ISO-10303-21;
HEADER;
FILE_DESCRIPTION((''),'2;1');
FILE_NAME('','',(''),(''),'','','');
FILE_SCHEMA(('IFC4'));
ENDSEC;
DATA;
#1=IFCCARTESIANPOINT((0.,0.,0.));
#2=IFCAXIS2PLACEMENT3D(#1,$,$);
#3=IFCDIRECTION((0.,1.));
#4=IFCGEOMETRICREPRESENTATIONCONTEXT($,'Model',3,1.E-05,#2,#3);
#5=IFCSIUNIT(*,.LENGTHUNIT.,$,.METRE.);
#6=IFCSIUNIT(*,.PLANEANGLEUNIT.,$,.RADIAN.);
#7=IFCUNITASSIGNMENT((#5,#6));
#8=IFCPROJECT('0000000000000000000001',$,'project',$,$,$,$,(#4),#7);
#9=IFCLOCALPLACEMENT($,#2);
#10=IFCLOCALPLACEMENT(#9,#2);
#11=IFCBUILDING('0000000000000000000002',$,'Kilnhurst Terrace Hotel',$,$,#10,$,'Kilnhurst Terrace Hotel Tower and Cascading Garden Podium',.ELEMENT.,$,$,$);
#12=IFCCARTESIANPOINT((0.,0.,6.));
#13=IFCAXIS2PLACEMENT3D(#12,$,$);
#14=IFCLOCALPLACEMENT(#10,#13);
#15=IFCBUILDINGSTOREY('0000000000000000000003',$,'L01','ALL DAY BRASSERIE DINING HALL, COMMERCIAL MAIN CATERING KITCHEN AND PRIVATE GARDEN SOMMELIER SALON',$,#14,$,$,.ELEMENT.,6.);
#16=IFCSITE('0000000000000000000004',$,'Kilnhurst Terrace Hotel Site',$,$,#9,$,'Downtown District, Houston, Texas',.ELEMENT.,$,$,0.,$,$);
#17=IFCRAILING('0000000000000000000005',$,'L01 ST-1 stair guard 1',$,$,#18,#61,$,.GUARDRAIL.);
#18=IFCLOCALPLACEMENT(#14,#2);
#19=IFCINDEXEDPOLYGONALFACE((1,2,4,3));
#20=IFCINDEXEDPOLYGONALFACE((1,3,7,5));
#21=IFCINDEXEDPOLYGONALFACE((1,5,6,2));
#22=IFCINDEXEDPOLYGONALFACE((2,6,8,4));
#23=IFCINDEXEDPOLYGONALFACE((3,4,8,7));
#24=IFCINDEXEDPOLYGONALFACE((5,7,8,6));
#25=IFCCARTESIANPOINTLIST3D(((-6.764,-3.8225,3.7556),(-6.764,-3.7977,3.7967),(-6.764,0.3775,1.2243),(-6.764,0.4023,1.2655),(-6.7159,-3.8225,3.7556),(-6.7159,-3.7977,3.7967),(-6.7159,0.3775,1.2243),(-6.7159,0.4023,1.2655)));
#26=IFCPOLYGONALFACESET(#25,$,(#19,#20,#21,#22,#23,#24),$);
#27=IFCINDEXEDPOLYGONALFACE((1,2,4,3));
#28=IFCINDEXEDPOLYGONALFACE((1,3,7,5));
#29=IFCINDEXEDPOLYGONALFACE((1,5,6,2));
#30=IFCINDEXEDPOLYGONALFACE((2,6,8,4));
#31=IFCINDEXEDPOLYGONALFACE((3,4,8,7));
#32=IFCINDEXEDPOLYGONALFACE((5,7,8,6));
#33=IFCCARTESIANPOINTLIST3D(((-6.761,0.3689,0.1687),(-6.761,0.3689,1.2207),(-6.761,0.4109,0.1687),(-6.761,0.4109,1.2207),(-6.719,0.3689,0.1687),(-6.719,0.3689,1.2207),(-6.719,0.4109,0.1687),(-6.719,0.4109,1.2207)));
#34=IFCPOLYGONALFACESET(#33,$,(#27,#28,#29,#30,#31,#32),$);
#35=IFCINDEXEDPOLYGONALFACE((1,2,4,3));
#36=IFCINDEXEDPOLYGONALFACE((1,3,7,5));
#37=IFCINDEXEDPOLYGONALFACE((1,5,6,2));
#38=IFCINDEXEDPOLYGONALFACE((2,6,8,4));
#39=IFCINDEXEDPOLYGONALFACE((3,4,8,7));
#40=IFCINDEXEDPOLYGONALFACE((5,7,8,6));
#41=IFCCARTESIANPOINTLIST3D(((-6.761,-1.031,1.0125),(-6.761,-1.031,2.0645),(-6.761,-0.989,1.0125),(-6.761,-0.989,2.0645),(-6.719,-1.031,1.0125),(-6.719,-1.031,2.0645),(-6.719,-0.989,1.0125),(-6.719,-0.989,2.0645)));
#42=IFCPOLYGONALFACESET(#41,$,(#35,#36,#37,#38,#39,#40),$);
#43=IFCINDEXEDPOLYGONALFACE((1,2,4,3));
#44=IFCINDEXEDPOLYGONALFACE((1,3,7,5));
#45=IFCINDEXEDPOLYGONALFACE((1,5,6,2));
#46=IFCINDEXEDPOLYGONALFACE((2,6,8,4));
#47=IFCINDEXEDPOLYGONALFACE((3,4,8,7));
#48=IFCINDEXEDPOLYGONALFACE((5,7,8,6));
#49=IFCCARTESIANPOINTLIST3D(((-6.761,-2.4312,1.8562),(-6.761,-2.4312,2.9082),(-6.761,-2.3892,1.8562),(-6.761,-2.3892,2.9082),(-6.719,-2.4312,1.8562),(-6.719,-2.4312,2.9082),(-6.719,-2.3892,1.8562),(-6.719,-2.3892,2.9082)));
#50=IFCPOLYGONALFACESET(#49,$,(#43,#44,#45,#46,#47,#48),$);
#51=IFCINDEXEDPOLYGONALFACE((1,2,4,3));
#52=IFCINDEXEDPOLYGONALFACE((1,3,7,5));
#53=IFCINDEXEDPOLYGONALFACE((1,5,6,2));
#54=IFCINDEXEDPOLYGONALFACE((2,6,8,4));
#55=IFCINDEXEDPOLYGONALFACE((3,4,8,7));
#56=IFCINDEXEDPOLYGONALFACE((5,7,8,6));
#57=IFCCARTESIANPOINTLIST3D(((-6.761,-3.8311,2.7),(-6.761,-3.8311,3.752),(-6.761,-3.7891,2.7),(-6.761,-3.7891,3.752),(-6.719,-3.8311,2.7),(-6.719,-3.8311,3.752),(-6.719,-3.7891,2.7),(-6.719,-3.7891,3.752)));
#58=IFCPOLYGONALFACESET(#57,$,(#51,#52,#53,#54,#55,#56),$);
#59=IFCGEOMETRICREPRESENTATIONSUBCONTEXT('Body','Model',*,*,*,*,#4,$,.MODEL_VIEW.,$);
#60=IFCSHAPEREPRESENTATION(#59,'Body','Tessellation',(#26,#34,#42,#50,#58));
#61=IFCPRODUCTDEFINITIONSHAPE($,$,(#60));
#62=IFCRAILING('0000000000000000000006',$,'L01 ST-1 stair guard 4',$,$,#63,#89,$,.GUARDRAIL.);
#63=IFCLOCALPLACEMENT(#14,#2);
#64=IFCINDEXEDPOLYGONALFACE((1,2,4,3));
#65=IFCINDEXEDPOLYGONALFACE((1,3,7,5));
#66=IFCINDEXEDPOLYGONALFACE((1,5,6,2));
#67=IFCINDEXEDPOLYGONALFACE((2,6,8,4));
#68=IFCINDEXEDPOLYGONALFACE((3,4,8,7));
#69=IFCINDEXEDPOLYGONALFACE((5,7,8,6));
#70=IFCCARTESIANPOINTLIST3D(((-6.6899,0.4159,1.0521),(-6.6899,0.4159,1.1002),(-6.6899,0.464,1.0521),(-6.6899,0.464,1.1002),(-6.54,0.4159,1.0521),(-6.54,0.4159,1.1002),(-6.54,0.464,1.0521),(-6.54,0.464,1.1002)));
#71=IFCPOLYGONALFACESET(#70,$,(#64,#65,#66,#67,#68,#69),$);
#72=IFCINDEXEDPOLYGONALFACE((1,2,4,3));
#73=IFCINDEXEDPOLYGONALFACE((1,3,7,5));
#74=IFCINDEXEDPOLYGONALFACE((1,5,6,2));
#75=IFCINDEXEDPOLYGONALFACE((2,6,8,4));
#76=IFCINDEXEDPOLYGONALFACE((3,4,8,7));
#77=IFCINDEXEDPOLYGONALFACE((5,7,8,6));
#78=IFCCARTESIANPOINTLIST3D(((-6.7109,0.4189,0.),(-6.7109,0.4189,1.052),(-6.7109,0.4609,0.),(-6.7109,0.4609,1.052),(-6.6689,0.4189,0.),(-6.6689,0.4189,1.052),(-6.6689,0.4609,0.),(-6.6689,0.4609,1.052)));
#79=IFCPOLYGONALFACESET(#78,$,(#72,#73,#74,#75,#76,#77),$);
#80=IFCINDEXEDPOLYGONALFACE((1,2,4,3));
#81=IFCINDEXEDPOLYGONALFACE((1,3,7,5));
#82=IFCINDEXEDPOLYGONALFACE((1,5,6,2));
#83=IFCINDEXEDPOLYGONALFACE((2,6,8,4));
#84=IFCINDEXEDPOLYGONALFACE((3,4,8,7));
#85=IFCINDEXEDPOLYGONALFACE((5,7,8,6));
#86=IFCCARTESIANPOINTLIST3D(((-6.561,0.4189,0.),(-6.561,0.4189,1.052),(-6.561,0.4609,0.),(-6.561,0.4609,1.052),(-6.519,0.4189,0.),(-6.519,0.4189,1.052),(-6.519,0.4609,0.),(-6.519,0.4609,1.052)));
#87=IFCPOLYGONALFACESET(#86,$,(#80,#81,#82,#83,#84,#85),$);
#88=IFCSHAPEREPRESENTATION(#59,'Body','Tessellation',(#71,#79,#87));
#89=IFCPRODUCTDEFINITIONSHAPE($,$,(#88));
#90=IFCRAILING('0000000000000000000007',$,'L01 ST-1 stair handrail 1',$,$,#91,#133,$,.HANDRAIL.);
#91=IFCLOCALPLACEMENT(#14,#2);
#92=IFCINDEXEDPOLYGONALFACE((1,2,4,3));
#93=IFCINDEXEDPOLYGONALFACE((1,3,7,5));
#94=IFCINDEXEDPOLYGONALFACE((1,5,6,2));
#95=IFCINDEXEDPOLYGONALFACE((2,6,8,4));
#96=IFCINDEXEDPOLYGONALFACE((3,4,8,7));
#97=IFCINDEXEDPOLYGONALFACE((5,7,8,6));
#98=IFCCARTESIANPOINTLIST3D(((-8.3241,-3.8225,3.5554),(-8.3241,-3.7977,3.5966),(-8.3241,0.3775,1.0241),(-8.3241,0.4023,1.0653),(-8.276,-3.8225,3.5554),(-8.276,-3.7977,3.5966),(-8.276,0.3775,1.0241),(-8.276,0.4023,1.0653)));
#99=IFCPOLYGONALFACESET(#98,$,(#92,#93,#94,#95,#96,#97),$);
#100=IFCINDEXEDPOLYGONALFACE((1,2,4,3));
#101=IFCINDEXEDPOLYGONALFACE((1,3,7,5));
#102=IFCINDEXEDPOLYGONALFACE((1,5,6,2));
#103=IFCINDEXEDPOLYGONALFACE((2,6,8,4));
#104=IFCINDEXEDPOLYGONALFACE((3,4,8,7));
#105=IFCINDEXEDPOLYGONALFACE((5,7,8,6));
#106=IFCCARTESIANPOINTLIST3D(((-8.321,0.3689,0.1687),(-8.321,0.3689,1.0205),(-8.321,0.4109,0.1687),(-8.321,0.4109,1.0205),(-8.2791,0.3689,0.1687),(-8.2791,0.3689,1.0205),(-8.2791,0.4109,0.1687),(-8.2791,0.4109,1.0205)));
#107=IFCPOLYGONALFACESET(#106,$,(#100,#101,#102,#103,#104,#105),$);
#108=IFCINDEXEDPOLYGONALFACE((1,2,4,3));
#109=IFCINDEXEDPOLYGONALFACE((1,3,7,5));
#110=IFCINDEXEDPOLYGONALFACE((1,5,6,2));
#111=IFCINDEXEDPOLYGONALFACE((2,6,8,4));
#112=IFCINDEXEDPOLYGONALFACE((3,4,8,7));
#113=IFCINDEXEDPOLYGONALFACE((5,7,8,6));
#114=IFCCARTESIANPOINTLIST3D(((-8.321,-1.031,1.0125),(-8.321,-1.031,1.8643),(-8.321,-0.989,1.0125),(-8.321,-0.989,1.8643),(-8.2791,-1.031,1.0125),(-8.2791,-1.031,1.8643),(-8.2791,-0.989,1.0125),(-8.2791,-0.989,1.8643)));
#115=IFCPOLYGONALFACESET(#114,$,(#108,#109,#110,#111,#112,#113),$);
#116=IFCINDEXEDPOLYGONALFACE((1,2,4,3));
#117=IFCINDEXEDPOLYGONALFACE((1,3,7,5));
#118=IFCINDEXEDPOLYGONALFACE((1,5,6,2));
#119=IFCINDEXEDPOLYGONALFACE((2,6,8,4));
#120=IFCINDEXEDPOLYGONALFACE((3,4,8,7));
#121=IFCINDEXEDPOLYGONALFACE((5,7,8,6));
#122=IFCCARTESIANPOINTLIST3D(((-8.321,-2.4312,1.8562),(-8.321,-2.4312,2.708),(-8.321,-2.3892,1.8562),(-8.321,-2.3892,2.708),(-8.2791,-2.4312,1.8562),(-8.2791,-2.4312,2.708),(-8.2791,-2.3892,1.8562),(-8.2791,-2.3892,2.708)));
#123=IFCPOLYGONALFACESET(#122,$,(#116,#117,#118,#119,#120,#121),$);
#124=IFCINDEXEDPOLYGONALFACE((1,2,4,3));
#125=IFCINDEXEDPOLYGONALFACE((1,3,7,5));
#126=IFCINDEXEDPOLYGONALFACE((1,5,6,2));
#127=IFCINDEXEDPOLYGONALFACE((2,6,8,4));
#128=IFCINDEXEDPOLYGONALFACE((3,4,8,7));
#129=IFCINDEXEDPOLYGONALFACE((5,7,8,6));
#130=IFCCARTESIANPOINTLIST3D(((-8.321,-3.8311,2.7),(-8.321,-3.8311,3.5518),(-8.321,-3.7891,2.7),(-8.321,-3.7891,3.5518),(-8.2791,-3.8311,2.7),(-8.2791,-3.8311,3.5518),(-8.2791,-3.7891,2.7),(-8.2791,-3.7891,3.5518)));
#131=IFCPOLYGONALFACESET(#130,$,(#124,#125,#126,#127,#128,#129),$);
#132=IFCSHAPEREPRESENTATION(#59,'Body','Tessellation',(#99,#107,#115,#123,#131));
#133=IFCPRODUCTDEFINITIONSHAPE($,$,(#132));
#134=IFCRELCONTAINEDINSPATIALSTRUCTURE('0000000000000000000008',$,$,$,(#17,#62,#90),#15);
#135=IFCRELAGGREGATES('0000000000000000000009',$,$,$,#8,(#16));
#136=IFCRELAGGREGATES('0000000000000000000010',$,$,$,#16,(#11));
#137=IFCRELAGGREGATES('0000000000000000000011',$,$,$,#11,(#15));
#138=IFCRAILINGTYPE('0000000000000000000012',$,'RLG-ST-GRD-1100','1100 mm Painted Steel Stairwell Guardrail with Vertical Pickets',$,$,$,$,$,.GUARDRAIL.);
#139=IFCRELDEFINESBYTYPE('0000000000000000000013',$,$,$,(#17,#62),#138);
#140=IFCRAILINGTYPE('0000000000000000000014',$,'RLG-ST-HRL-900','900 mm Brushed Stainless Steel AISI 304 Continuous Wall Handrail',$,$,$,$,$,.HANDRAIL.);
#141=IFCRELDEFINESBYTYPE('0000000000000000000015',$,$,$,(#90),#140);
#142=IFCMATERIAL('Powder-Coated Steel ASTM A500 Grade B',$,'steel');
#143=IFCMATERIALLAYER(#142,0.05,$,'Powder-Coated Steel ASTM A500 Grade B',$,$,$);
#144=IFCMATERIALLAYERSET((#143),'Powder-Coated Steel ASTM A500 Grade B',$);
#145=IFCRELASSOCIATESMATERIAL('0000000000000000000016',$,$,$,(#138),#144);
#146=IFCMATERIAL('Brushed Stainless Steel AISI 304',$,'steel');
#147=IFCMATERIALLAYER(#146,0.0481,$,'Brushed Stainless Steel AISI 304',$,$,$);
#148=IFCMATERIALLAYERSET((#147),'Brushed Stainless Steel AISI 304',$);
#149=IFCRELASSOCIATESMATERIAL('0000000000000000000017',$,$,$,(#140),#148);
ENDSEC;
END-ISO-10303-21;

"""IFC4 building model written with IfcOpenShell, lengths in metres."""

from ifc_helpers import new_model, si_unit, direction, frame, origin, origin_2d, place, context, subcontext, project, spatial, rectangle, extrude, material, layer, layer_set, type_object, element, save


model = new_model("IFC4")

# Units and contexts
model_context = context("Model", 3, precision=1e-05, world=origin(), true_north=direction((0.0, 1.0)))
body_context = subcontext(model_context, "Body", "Model", "MODEL_VIEW")
ifc_project = project(units=[si_unit("LENGTHUNIT", "METRE"), si_unit("PLANEANGLEUNIT", "RADIAN")], contexts=[model_context])

# Site, building, storey
site_placement = place(None, origin())
site = spatial("IfcSite", under=ifc_project, at=site_placement, Name="Kilnhurst Terrace Hotel Site", LongName="Downtown District, Houston, Texas", CompositionType="ELEMENT", RefElevation=0.0)
building_placement = place(site_placement, origin())
building = spatial("IfcBuilding", under=site, at=building_placement, Name="Kilnhurst Terrace Hotel", LongName="Kilnhurst Terrace Hotel Tower and Cascading Garden Podium", CompositionType="ELEMENT")
storey_placement = place(building_placement, frame((0.0, 0.0, 6.0)))
storey = spatial("IfcBuildingStorey", under=building, at=storey_placement, Name="L01", Description="ALL DAY BRASSERIE DINING HALL, COMMERCIAL MAIN CATERING KITCHEN AND PRIVATE GARDEN SOMMELIER SALON", CompositionType="ELEMENT", Elevation=6.0)

# Railings
ifc_material_1 = material(Name="Powder-Coated Steel ASTM A500 Grade B", Category="steel")
ifc_layer_1 = layer(ifc_material_1, 0.05, Name="Powder-Coated Steel ASTM A500 Grade B")
ifc_layer_set_1 = layer_set([ifc_layer_1], Name="Powder-Coated Steel ASTM A500 Grade B")
railing_type_1 = type_object("IfcRailingType", Name="RLG-ST-GRD-1100", Description="1100 mm Painted Steel Stairwell Guardrail with Vertical Pickets", PredefinedType="GUARDRAIL", material=ifc_layer_set_1)
railing_1_placement = place(storey_placement, frame((-6.74, 0.3899, 0.1687)))
element("IfcRailing", 1, at=railing_1_placement, inside=storey, type_object=railing_type_1, Name="L01 ST-1 stair guard 1", PredefinedType="GUARDRAIL", context=body_context, shape_type="SweptSolid", body=[
    extrude(rectangle(XDim=0.0481, YDim=0.0481, at=origin_2d()), frame((0.0, 0.0, 1.0762), z_axis=(0.0, -0.856476, 0.516186), x_axis=(1.0, 0.0, 0.0)), (0.0, 0.0, 1.0), 4.9038),
    extrude(rectangle(XDim=0.042, YDim=0.042, at=origin_2d()), origin(), (0.0, 0.0, 1.0), 1.052),
    extrude(rectangle(XDim=0.042, YDim=0.042, at=origin_2d()), frame((0.0, -1.3999, 0.8438)), (0.0, 0.0, 1.0), 1.052),
    extrude(rectangle(XDim=0.042, YDim=0.042, at=origin_2d()), frame((0.0, -2.8, 1.6875)), (0.0, 0.0, 1.0), 1.052),
    extrude(rectangle(XDim=0.042, YDim=0.042, at=origin_2d()), frame((0.0, -4.2, 2.5312)), (0.0, 0.0, 1.0), 1.052),
])
railing_2_placement = place(storey_placement, frame((-6.6899, 0.4399, 0.0)))
element("IfcRailing", 2, at=railing_2_placement, inside=storey, type_object=railing_type_1, Name="L01 ST-1 stair guard 4", PredefinedType="GUARDRAIL", context=body_context, shape_type="SweptSolid", body=[
    extrude(rectangle(XDim=0.0481, YDim=0.0481, at=origin_2d()), frame((0.0, 0.0, 1.0762), z_axis=(1.0, 0.0, 0.0), x_axis=(0.0, 1.0, 0.0)), (0.0, 0.0, 1.0), 0.1499),
    extrude(rectangle(XDim=0.042, YDim=0.042, at=origin_2d()), origin(), (0.0, 0.0, 1.0), 1.052),
    extrude(rectangle(XDim=0.042, YDim=0.042, at=origin_2d()), frame((0.1499, 0.0, 0.0)), (0.0, 0.0, 1.0), 1.052),
])
ifc_material_2 = material(Name="Brushed Stainless Steel AISI 304", Category="steel")
ifc_layer_2 = layer(ifc_material_2, 0.0481, Name="Brushed Stainless Steel AISI 304")
ifc_layer_set_2 = layer_set([ifc_layer_2], Name="Brushed Stainless Steel AISI 304")
railing_type_2 = type_object("IfcRailingType", Name="RLG-ST-HRL-900", Description="900 mm Brushed Stainless Steel AISI 304 Continuous Wall Handrail", PredefinedType="HANDRAIL", material=ifc_layer_set_2)
railing_3_placement = place(storey_placement, frame((-8.3, 0.3899, 0.1687)))
element("IfcRailing", 3, at=railing_3_placement, inside=storey, type_object=railing_type_2, Name="L01 ST-1 stair handrail 1", PredefinedType="HANDRAIL", context=body_context, shape_type="SweptSolid", body=[
    extrude(rectangle(XDim=0.0481, YDim=0.0481, at=origin_2d()), frame((0.0, 0.0, 0.876), z_axis=(0.0, -0.856476, 0.516186), x_axis=(1.0, 0.0, 0.0)), (0.0, 0.0, 1.0), 4.9038),
    extrude(rectangle(XDim=0.042, YDim=0.042, at=origin_2d()), origin(), (0.0, 0.0, 1.0), 0.8518),
    extrude(rectangle(XDim=0.042, YDim=0.042, at=origin_2d()), frame((0.0, -1.3999, 0.8438)), (0.0, 0.0, 1.0), 0.8518),
    extrude(rectangle(XDim=0.042, YDim=0.042, at=origin_2d()), frame((0.0, -2.8, 1.6875)), (0.0, 0.0, 1.0), 0.8518),
    extrude(rectangle(XDim=0.042, YDim=0.042, at=origin_2d()), frame((0.0, -4.2, 2.5312)), (0.0, 0.0, 1.0), 0.8518),
])

save(model, "model.ifc")
